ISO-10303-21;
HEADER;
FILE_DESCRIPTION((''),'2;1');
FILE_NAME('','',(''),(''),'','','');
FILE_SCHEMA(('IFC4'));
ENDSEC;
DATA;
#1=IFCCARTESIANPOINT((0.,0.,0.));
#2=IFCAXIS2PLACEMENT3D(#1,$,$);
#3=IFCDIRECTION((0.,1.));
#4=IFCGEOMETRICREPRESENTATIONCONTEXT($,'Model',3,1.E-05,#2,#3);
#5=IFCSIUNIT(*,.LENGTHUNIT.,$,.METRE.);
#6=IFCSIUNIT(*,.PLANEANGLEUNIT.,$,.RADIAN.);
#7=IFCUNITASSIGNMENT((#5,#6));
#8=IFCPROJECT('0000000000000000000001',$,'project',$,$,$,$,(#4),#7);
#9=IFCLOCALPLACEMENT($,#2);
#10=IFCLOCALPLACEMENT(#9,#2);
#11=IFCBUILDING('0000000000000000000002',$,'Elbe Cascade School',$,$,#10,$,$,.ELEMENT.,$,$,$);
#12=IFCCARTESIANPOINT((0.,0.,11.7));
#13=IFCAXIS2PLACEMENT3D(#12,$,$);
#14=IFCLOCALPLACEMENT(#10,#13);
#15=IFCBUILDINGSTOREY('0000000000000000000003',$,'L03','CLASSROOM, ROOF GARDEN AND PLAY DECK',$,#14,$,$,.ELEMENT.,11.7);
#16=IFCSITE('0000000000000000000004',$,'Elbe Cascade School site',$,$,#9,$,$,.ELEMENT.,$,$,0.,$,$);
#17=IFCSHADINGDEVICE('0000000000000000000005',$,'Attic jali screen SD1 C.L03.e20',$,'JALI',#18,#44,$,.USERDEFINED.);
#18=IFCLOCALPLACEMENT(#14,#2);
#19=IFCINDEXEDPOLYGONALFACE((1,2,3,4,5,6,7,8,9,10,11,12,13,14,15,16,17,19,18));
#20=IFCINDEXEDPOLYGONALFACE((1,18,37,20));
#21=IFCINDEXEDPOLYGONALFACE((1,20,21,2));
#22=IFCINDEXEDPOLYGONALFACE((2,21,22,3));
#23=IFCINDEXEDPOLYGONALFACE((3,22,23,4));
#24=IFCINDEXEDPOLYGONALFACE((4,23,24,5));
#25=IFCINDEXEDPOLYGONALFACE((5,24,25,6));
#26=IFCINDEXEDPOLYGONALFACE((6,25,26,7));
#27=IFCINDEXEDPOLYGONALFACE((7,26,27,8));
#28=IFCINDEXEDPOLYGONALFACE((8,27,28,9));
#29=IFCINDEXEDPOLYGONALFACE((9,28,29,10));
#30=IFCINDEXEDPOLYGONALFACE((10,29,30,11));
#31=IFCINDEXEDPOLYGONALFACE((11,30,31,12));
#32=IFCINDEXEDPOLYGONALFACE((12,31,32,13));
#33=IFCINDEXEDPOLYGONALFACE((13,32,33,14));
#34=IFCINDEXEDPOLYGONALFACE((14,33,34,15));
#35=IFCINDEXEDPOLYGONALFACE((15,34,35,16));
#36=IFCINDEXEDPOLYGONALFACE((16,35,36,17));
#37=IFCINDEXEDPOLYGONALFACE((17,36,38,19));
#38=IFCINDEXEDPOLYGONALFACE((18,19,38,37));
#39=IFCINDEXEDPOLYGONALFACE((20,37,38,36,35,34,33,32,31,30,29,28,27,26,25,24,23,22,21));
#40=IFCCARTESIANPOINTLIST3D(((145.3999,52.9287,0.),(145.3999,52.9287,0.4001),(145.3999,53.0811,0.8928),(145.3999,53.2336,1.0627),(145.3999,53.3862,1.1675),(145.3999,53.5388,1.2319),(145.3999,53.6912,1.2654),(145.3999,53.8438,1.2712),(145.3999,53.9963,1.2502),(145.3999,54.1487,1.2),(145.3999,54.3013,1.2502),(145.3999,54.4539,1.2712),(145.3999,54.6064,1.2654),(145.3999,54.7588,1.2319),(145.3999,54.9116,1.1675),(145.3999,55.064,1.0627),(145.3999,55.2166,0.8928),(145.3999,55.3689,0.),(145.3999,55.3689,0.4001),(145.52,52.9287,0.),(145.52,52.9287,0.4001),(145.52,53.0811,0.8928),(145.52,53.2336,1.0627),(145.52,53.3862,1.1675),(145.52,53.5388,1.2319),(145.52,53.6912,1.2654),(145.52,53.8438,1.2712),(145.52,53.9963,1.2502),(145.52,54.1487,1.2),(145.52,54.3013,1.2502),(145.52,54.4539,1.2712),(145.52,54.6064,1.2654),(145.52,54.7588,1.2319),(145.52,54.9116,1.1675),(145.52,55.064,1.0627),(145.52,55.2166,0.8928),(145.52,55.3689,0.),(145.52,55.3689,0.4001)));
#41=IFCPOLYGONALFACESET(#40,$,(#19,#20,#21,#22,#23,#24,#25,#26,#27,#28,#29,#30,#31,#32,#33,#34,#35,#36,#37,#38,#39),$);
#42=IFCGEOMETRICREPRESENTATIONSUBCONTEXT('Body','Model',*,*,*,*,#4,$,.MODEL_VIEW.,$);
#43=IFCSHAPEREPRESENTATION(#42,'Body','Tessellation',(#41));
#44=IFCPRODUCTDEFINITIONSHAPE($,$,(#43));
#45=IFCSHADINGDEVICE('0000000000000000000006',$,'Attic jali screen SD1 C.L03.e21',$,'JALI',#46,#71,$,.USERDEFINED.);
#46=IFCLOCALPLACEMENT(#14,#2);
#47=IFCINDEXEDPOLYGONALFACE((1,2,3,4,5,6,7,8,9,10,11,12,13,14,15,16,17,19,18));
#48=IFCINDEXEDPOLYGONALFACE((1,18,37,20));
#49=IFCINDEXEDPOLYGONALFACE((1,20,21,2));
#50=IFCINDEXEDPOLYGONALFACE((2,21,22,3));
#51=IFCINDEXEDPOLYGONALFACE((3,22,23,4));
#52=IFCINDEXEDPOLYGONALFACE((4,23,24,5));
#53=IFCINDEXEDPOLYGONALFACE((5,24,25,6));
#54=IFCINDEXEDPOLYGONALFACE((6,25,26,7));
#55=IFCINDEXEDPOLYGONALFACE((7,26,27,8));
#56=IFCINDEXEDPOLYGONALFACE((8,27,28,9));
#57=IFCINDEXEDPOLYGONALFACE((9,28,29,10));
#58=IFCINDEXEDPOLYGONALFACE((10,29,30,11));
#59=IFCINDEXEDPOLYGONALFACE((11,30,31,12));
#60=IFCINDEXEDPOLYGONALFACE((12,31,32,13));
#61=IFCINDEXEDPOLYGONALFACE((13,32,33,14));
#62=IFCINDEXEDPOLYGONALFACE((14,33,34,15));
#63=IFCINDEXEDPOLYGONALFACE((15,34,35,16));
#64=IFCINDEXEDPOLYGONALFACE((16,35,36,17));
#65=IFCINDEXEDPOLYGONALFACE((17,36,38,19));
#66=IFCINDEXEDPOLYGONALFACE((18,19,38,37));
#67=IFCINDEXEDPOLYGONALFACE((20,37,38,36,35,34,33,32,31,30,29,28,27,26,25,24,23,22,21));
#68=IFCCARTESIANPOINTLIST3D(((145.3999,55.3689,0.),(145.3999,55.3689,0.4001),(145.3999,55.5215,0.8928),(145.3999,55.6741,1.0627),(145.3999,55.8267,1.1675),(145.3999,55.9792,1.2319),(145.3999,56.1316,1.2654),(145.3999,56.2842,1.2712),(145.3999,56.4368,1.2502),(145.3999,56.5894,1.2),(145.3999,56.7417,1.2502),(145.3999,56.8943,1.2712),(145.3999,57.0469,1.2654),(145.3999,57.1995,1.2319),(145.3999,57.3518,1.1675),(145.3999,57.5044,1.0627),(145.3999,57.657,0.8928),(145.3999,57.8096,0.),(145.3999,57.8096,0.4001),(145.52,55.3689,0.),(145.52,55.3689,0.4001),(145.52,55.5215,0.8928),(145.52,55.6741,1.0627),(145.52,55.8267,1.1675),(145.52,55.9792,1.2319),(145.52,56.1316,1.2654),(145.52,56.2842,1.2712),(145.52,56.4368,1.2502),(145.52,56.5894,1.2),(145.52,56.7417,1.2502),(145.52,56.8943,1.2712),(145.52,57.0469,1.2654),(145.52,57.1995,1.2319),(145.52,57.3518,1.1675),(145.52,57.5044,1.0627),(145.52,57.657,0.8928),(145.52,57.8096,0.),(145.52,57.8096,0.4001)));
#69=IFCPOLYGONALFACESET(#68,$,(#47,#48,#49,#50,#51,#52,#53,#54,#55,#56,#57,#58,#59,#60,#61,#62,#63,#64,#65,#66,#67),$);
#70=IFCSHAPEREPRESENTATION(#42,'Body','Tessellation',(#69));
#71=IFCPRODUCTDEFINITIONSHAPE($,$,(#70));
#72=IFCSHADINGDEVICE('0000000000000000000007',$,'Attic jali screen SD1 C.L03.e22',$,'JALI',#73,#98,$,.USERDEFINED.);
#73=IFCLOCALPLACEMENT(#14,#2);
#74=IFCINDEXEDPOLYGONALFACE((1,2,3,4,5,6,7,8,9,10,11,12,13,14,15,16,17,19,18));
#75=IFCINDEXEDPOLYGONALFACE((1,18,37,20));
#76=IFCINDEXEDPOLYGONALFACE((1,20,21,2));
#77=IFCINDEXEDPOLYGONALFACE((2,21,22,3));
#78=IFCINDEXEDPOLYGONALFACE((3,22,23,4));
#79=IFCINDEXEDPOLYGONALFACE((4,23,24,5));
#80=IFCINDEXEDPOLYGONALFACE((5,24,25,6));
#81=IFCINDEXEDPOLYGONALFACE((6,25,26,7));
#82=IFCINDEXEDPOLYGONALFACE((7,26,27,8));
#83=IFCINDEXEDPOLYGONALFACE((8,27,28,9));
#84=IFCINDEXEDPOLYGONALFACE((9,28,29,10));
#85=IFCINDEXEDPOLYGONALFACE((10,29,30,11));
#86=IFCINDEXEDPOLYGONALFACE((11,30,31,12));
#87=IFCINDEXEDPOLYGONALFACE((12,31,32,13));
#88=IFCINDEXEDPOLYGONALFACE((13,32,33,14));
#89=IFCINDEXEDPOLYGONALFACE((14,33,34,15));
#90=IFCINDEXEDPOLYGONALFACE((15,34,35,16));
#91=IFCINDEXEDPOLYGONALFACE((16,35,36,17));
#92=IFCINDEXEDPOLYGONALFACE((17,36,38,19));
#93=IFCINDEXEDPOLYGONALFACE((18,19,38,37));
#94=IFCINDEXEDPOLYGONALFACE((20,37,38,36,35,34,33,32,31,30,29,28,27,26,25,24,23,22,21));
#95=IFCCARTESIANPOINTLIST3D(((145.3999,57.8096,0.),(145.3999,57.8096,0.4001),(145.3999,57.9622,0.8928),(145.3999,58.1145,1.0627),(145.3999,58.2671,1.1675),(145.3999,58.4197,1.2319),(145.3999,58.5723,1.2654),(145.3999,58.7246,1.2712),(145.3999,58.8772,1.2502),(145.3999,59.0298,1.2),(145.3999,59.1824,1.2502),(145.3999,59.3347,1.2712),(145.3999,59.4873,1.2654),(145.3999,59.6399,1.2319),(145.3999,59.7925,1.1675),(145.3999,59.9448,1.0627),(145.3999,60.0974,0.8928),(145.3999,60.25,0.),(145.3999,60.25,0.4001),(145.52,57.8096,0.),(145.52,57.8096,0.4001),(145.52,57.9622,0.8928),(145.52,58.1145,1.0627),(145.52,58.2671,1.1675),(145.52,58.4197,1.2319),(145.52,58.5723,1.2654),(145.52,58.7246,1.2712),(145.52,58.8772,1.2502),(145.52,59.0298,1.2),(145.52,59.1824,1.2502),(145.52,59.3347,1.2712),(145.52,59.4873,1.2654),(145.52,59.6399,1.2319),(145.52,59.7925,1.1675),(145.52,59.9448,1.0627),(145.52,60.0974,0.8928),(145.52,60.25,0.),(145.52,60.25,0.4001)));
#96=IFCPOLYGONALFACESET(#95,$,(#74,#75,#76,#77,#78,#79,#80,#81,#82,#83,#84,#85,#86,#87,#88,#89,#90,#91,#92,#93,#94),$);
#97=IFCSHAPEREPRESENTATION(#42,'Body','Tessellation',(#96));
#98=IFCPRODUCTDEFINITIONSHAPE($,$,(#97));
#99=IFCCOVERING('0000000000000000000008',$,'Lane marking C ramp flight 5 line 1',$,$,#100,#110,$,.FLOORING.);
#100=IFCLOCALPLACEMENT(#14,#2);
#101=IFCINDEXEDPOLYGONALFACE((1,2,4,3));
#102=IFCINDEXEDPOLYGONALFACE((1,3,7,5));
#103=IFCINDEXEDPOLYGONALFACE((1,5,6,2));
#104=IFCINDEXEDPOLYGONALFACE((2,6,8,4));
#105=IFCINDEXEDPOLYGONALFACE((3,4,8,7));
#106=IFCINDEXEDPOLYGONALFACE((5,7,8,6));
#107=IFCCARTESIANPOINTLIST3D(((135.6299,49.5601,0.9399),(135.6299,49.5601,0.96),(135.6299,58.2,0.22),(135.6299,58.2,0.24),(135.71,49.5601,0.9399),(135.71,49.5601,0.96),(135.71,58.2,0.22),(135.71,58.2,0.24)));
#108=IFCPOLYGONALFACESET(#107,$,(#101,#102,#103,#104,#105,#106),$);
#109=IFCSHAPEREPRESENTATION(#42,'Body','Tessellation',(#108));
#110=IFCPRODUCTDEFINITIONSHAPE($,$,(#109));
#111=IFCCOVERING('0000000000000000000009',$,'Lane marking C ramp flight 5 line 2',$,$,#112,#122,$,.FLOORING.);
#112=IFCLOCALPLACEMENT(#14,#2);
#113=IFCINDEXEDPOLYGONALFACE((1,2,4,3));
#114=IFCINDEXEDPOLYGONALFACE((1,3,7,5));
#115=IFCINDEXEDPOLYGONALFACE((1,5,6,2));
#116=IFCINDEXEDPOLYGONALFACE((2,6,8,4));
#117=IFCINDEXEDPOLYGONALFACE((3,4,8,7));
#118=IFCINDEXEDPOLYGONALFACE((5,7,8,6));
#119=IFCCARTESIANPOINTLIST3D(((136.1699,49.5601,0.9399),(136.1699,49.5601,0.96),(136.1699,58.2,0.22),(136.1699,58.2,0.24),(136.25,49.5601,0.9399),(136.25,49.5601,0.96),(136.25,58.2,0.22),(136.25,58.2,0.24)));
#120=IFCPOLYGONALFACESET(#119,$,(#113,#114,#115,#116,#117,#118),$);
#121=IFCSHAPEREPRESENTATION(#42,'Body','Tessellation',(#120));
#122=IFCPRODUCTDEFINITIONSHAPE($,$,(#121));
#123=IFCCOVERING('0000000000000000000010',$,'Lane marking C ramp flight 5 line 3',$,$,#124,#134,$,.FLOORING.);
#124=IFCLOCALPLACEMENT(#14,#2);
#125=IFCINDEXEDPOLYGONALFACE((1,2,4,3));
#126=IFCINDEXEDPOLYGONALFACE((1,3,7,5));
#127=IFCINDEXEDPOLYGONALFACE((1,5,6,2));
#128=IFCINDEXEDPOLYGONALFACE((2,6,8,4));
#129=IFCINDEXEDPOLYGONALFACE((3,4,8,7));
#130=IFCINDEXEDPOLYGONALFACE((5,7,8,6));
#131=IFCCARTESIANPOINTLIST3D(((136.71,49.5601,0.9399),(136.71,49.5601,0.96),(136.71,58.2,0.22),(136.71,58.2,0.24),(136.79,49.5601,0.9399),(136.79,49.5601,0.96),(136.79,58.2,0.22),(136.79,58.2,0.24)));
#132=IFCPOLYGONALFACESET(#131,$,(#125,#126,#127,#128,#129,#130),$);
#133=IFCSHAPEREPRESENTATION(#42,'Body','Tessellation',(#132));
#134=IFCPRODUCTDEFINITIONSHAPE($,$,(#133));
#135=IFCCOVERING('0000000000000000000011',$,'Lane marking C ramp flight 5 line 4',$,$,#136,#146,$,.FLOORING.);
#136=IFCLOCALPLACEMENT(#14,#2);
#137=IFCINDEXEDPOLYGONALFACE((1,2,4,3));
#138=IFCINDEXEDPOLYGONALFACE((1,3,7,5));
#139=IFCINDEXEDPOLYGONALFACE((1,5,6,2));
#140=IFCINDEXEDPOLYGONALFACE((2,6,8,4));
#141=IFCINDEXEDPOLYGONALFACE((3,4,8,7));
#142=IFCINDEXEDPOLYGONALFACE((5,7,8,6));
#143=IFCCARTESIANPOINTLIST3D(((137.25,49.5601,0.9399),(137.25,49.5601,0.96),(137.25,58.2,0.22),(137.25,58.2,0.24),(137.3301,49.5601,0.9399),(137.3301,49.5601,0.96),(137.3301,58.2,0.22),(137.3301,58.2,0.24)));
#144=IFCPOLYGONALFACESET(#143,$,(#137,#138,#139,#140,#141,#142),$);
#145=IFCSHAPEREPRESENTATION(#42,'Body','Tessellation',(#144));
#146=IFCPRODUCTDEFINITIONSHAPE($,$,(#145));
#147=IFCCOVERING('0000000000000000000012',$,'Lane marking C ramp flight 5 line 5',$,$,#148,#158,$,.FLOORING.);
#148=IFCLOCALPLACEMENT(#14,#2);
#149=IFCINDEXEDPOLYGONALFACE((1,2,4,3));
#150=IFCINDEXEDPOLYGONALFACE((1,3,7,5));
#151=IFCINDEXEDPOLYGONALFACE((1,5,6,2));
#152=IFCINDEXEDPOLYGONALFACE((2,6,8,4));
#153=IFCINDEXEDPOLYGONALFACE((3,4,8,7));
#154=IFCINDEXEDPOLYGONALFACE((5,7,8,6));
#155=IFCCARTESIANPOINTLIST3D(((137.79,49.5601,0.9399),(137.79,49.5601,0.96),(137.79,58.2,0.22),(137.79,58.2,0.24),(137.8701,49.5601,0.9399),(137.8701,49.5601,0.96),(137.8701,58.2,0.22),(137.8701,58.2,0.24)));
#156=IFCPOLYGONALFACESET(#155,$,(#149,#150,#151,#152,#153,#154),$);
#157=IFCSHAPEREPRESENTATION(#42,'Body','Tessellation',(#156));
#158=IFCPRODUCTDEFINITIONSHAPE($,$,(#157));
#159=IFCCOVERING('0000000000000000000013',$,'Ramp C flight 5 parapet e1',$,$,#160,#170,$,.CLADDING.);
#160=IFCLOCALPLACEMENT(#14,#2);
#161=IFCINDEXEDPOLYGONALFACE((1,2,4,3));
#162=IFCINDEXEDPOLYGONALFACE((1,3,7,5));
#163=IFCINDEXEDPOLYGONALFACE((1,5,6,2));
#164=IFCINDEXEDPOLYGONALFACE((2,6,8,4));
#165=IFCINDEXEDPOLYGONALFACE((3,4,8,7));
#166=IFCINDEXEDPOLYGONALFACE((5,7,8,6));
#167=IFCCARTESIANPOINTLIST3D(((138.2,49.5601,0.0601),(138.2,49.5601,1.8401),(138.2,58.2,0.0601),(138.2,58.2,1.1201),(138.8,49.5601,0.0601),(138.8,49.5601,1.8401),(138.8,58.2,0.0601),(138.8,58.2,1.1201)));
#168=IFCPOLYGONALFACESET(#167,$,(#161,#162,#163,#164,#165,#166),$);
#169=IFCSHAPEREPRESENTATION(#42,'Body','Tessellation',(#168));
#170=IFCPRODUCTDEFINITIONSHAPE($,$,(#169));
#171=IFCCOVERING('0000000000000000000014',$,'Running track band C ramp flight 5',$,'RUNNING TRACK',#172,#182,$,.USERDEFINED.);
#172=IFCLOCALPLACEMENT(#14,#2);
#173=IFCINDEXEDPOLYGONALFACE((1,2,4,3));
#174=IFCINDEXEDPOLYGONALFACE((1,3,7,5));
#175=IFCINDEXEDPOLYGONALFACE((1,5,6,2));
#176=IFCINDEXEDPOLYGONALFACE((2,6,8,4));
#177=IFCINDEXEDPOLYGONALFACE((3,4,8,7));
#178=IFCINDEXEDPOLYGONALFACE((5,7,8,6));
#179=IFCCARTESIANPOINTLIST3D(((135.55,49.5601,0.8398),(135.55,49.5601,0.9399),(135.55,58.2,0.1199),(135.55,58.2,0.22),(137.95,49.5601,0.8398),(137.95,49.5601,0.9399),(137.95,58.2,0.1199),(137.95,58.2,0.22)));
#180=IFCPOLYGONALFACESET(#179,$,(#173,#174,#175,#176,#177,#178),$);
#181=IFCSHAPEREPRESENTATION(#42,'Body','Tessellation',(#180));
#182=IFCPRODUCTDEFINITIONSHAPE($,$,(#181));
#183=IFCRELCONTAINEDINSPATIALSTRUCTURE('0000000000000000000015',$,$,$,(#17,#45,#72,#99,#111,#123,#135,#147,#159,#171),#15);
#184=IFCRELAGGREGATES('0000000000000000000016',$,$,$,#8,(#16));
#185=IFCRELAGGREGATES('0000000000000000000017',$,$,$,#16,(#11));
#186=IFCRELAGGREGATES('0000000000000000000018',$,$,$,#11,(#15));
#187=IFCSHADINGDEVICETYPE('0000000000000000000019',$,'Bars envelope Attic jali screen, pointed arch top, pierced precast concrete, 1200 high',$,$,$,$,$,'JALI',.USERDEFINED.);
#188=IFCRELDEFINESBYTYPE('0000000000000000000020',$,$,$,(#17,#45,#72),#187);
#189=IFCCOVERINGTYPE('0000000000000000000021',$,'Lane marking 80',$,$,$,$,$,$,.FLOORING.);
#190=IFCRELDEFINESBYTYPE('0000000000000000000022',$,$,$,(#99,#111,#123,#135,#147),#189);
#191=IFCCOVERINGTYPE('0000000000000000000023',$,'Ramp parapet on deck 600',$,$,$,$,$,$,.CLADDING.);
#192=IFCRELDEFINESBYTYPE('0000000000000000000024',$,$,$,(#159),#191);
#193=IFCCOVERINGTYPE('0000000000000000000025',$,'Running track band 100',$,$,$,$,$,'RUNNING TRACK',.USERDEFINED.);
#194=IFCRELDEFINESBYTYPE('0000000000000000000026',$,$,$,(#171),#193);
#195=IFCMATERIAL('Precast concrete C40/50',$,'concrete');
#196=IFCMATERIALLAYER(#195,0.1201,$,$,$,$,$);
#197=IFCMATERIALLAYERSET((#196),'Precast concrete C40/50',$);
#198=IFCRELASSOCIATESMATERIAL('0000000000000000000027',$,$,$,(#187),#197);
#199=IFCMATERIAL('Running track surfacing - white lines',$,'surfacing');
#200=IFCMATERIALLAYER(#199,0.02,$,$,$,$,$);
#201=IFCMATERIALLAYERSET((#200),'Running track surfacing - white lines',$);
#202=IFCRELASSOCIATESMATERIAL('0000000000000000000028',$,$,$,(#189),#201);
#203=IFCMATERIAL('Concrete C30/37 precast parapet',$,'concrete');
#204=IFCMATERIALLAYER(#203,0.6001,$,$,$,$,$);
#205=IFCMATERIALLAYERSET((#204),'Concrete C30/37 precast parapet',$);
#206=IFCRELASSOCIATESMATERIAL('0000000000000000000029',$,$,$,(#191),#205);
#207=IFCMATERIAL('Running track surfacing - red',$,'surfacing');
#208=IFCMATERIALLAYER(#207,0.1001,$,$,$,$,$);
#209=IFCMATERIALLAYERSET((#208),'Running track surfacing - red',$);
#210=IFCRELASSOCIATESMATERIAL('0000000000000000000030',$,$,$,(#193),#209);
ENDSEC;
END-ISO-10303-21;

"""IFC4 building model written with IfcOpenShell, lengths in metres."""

from ifc_helpers import new_model, si_unit, direction, frame, origin, place, context, subcontext, project, spatial, polyline, outline, extrude, material, layer, layer_set, type_object, element, save


model = new_model("IFC4")

# Units and contexts
model_context = context("Model", 3, precision=1e-05, world=origin(), true_north=direction((0.0, 1.0)))
body_context = subcontext(model_context, "Body", "Model", "MODEL_VIEW")
ifc_project = project(units=[si_unit("LENGTHUNIT", "METRE"), si_unit("PLANEANGLEUNIT", "RADIAN")], contexts=[model_context])

# Site, building, storey
site_placement = place(None, origin())
site = spatial("IfcSite", under=ifc_project, at=site_placement, Name="Elbe Cascade School site", CompositionType="ELEMENT", RefElevation=0.0)
building_placement = place(site_placement, origin())
building = spatial("IfcBuilding", under=site, at=building_placement, Name="Elbe Cascade School", CompositionType="ELEMENT")
storey_placement = place(building_placement, frame((0.0, 0.0, 11.7)))
storey = spatial("IfcBuildingStorey", under=building, at=storey_placement, Name="L03", Description="CLASSROOM, ROOF GARDEN AND PLAY DECK", CompositionType="ELEMENT", Elevation=11.7)

# Shading devices
ifc_material_1 = material(Name="Precast concrete C40/50", Category="concrete")
ifc_layer_1 = layer(ifc_material_1, 0.1201)
ifc_layer_set_1 = layer_set([ifc_layer_1], Name="Precast concrete C40/50")
shading_device_type = type_object("IfcShadingDeviceType", Name="Bars envelope Attic jali screen, pointed arch top, pierced precast concrete, 1200 high", ElementType="JALI", PredefinedType="USERDEFINED", material=ifc_layer_set_1)
shading_device_1_placement = place(storey_placement, frame((145.52, 52.9287, 0.0), z_axis=(1.0, 0.0, 0.0), x_axis=(0.0, 1.0, 0.0)))
element("IfcShadingDevice", 1, at=shading_device_1_placement, inside=storey, type_object=shading_device_type, Name="Attic jali screen SD1 C.L03.e20", ObjectType="JALI", PredefinedType="USERDEFINED", context=body_context, shape_type="SweptSolid", body=[
    extrude(outline(polyline([(0.0, 0.0), (2.4402, 0.0), (2.4402, 0.4001), (2.2878, 0.8928), (2.1353, 1.0627), (1.9829, 1.1675), (1.8301, 1.2319), (1.6777, 1.2654), (1.5251, 1.2712), (1.3726, 1.2502), (1.22, 1.2), (1.0676, 1.2502), (0.915, 1.2712), (0.7625, 1.2654), (0.6101, 1.2319), (0.4575, 1.1675), (0.3049, 1.0627), (0.1523, 0.8928), (0.0, 0.4001), (0.0, 0.0)])), origin(), (0.0, 0.0, -1.0), 0.1201),
])
shading_device_2_placement = place(storey_placement, frame((145.52, 55.3689, 0.0), z_axis=(1.0, 0.0, 0.0), x_axis=(0.0, 1.0, 0.0)))
element("IfcShadingDevice", 2, at=shading_device_2_placement, inside=storey, type_object=shading_device_type, Name="Attic jali screen SD1 C.L03.e21", ObjectType="JALI", PredefinedType="USERDEFINED", context=body_context, shape_type="SweptSolid", body=[
    extrude(outline(polyline([(0.0, 0.0), (2.4407, 0.0), (2.4407, 0.4001), (2.2881, 0.8928), (2.1355, 1.0627), (1.9829, 1.1675), (1.8306, 1.2319), (1.678, 1.2654), (1.5254, 1.2712), (1.3728, 1.2502), (1.2205, 1.2), (1.0679, 1.2502), (0.9153, 1.2712), (0.7627, 1.2654), (0.6104, 1.2319), (0.4578, 1.1675), (0.3052, 1.0627), (0.1526, 0.8928), (0.0, 0.4001), (0.0, 0.0)])), origin(), (0.0, 0.0, -1.0), 0.1201),
])
shading_device_3_placement = place(storey_placement, frame((145.52, 57.8096, 0.0), z_axis=(1.0, 0.0, 0.0), x_axis=(0.0, 1.0, 0.0)))
element("IfcShadingDevice", 3, at=shading_device_3_placement, inside=storey, type_object=shading_device_type, Name="Attic jali screen SD1 C.L03.e22", ObjectType="JALI", PredefinedType="USERDEFINED", context=body_context, shape_type="SweptSolid", body=[
    extrude(outline(polyline([(0.0, 0.0), (2.4404, 0.0), (2.4404, 0.4001), (2.2878, 0.8928), (2.1353, 1.0627), (1.9829, 1.1675), (1.8303, 1.2319), (1.6777, 1.2654), (1.5251, 1.2712), (1.3728, 1.2502), (1.2202, 1.2), (1.0676, 1.2502), (0.915, 1.2712), (0.7627, 1.2654), (0.6101, 1.2319), (0.4575, 1.1675), (0.3049, 1.0627), (0.1526, 0.8928), (0.0, 0.4001), (0.0, 0.0)])), origin(), (0.0, 0.0, -1.0), 0.1201),
])

# Coverings
ifc_material_2 = material(Name="Running track surfacing - white lines", Category="surfacing")
ifc_layer_2 = layer(ifc_material_2, 0.02)
ifc_layer_set_2 = layer_set([ifc_layer_2], Name="Running track surfacing - white lines")
covering_type_1 = type_object("IfcCoveringType", Name="Lane marking 80", PredefinedType="FLOORING", material=ifc_layer_set_2)
for number, where, z_axis, x_axis, name in (
    (4, (135.6299, 49.5601, 0.96), (0.0, 0.083043, 0.996546), (0.0, 0.996546, -0.083043), "Lane marking C ramp flight 5 line 1"),
    (5, (136.1699, 49.5601, 0.96), (0.0, 0.083043, 0.996546), (0.0, 0.996546, -0.083043), "Lane marking C ramp flight 5 line 2"),
    (6, (136.71, 49.5601, 0.96), (0.0, 0.083043, 0.996546), (0.0, 0.996546, -0.083043), "Lane marking C ramp flight 5 line 3"),
    (7, (137.25, 49.5601, 0.96), (0.0, 0.083043, 0.996546), (0.0, 0.996546, -0.083043), "Lane marking C ramp flight 5 line 4"),
    (8, (137.79, 49.5601, 0.96), (0.0, 0.083043, 0.996546), (0.0, 0.996546, -0.083043), "Lane marking C ramp flight 5 line 5"),
):
    element("IfcCovering", number, at=place(storey_placement, frame(where, z_axis=z_axis, x_axis=x_axis)), inside=storey, type_object=covering_type_1, Name=name, PredefinedType="FLOORING", context=body_context, shape_type="SweptSolid", body=[
        extrude(outline(polyline([(0.0, 0.0), (8.6698, 0.0), (8.6698, -0.0801), (0.0, -0.0801), (0.0, 0.0)])), origin(), (0.083043, 0.0, -0.996546), 0.02),
    ])
ifc_material_3 = material(Name="Concrete C30/37 precast parapet", Category="concrete")
ifc_layer_3 = layer(ifc_material_3, 0.6001)
ifc_layer_set_3 = layer_set([ifc_layer_3], Name="Concrete C30/37 precast parapet")
covering_type_2 = type_object("IfcCoveringType", Name="Ramp parapet on deck 600", PredefinedType="CLADDING", material=ifc_layer_set_3)
covering_1_placement = place(storey_placement, frame((138.2, 49.5601, 0.0601), z_axis=(1.0, 0.0, 0.0), x_axis=(0.0, 1.0, 0.0)))
element("IfcCovering", 9, at=covering_1_placement, inside=storey, type_object=covering_type_2, Name="Ramp C flight 5 parapet e1", PredefinedType="CLADDING", context=body_context, shape_type="SweptSolid", body=[
    extrude(outline(polyline([(0.0, 0.0), (8.6399, 0.0), (8.6399, 1.0601), (0.0, 1.78), (0.0, 0.0)])), origin(), (0.0, 0.0, 1.0), 0.6001),
])
ifc_material_4 = material(Name="Running track surfacing - red", Category="surfacing")
ifc_layer_4 = layer(ifc_material_4, 0.1001)
ifc_layer_set_4 = layer_set([ifc_layer_4], Name="Running track surfacing - red")
covering_type_3 = type_object("IfcCoveringType", Name="Running track band 100", ElementType="RUNNING TRACK", PredefinedType="USERDEFINED", material=ifc_layer_set_4)
covering_2_placement = place(storey_placement, frame((135.55, 49.5601, 0.9399), z_axis=(0.0, 0.083043, 0.996546), x_axis=(0.0, 0.996546, -0.083043)))
element("IfcCovering", 10, at=covering_2_placement, inside=storey, type_object=covering_type_3, Name="Running track band C ramp flight 5", ObjectType="RUNNING TRACK", PredefinedType="USERDEFINED", context=body_context, shape_type="SweptSolid", body=[
    extrude(outline(polyline([(0.0, 0.0), (8.6698, 0.0), (8.6698, -2.3999), (0.0, -2.3999), (0.0, 0.0)])), origin(), (0.083043, 0.0, -0.996546), 0.1001),
])

save(model, "model.ifc")
